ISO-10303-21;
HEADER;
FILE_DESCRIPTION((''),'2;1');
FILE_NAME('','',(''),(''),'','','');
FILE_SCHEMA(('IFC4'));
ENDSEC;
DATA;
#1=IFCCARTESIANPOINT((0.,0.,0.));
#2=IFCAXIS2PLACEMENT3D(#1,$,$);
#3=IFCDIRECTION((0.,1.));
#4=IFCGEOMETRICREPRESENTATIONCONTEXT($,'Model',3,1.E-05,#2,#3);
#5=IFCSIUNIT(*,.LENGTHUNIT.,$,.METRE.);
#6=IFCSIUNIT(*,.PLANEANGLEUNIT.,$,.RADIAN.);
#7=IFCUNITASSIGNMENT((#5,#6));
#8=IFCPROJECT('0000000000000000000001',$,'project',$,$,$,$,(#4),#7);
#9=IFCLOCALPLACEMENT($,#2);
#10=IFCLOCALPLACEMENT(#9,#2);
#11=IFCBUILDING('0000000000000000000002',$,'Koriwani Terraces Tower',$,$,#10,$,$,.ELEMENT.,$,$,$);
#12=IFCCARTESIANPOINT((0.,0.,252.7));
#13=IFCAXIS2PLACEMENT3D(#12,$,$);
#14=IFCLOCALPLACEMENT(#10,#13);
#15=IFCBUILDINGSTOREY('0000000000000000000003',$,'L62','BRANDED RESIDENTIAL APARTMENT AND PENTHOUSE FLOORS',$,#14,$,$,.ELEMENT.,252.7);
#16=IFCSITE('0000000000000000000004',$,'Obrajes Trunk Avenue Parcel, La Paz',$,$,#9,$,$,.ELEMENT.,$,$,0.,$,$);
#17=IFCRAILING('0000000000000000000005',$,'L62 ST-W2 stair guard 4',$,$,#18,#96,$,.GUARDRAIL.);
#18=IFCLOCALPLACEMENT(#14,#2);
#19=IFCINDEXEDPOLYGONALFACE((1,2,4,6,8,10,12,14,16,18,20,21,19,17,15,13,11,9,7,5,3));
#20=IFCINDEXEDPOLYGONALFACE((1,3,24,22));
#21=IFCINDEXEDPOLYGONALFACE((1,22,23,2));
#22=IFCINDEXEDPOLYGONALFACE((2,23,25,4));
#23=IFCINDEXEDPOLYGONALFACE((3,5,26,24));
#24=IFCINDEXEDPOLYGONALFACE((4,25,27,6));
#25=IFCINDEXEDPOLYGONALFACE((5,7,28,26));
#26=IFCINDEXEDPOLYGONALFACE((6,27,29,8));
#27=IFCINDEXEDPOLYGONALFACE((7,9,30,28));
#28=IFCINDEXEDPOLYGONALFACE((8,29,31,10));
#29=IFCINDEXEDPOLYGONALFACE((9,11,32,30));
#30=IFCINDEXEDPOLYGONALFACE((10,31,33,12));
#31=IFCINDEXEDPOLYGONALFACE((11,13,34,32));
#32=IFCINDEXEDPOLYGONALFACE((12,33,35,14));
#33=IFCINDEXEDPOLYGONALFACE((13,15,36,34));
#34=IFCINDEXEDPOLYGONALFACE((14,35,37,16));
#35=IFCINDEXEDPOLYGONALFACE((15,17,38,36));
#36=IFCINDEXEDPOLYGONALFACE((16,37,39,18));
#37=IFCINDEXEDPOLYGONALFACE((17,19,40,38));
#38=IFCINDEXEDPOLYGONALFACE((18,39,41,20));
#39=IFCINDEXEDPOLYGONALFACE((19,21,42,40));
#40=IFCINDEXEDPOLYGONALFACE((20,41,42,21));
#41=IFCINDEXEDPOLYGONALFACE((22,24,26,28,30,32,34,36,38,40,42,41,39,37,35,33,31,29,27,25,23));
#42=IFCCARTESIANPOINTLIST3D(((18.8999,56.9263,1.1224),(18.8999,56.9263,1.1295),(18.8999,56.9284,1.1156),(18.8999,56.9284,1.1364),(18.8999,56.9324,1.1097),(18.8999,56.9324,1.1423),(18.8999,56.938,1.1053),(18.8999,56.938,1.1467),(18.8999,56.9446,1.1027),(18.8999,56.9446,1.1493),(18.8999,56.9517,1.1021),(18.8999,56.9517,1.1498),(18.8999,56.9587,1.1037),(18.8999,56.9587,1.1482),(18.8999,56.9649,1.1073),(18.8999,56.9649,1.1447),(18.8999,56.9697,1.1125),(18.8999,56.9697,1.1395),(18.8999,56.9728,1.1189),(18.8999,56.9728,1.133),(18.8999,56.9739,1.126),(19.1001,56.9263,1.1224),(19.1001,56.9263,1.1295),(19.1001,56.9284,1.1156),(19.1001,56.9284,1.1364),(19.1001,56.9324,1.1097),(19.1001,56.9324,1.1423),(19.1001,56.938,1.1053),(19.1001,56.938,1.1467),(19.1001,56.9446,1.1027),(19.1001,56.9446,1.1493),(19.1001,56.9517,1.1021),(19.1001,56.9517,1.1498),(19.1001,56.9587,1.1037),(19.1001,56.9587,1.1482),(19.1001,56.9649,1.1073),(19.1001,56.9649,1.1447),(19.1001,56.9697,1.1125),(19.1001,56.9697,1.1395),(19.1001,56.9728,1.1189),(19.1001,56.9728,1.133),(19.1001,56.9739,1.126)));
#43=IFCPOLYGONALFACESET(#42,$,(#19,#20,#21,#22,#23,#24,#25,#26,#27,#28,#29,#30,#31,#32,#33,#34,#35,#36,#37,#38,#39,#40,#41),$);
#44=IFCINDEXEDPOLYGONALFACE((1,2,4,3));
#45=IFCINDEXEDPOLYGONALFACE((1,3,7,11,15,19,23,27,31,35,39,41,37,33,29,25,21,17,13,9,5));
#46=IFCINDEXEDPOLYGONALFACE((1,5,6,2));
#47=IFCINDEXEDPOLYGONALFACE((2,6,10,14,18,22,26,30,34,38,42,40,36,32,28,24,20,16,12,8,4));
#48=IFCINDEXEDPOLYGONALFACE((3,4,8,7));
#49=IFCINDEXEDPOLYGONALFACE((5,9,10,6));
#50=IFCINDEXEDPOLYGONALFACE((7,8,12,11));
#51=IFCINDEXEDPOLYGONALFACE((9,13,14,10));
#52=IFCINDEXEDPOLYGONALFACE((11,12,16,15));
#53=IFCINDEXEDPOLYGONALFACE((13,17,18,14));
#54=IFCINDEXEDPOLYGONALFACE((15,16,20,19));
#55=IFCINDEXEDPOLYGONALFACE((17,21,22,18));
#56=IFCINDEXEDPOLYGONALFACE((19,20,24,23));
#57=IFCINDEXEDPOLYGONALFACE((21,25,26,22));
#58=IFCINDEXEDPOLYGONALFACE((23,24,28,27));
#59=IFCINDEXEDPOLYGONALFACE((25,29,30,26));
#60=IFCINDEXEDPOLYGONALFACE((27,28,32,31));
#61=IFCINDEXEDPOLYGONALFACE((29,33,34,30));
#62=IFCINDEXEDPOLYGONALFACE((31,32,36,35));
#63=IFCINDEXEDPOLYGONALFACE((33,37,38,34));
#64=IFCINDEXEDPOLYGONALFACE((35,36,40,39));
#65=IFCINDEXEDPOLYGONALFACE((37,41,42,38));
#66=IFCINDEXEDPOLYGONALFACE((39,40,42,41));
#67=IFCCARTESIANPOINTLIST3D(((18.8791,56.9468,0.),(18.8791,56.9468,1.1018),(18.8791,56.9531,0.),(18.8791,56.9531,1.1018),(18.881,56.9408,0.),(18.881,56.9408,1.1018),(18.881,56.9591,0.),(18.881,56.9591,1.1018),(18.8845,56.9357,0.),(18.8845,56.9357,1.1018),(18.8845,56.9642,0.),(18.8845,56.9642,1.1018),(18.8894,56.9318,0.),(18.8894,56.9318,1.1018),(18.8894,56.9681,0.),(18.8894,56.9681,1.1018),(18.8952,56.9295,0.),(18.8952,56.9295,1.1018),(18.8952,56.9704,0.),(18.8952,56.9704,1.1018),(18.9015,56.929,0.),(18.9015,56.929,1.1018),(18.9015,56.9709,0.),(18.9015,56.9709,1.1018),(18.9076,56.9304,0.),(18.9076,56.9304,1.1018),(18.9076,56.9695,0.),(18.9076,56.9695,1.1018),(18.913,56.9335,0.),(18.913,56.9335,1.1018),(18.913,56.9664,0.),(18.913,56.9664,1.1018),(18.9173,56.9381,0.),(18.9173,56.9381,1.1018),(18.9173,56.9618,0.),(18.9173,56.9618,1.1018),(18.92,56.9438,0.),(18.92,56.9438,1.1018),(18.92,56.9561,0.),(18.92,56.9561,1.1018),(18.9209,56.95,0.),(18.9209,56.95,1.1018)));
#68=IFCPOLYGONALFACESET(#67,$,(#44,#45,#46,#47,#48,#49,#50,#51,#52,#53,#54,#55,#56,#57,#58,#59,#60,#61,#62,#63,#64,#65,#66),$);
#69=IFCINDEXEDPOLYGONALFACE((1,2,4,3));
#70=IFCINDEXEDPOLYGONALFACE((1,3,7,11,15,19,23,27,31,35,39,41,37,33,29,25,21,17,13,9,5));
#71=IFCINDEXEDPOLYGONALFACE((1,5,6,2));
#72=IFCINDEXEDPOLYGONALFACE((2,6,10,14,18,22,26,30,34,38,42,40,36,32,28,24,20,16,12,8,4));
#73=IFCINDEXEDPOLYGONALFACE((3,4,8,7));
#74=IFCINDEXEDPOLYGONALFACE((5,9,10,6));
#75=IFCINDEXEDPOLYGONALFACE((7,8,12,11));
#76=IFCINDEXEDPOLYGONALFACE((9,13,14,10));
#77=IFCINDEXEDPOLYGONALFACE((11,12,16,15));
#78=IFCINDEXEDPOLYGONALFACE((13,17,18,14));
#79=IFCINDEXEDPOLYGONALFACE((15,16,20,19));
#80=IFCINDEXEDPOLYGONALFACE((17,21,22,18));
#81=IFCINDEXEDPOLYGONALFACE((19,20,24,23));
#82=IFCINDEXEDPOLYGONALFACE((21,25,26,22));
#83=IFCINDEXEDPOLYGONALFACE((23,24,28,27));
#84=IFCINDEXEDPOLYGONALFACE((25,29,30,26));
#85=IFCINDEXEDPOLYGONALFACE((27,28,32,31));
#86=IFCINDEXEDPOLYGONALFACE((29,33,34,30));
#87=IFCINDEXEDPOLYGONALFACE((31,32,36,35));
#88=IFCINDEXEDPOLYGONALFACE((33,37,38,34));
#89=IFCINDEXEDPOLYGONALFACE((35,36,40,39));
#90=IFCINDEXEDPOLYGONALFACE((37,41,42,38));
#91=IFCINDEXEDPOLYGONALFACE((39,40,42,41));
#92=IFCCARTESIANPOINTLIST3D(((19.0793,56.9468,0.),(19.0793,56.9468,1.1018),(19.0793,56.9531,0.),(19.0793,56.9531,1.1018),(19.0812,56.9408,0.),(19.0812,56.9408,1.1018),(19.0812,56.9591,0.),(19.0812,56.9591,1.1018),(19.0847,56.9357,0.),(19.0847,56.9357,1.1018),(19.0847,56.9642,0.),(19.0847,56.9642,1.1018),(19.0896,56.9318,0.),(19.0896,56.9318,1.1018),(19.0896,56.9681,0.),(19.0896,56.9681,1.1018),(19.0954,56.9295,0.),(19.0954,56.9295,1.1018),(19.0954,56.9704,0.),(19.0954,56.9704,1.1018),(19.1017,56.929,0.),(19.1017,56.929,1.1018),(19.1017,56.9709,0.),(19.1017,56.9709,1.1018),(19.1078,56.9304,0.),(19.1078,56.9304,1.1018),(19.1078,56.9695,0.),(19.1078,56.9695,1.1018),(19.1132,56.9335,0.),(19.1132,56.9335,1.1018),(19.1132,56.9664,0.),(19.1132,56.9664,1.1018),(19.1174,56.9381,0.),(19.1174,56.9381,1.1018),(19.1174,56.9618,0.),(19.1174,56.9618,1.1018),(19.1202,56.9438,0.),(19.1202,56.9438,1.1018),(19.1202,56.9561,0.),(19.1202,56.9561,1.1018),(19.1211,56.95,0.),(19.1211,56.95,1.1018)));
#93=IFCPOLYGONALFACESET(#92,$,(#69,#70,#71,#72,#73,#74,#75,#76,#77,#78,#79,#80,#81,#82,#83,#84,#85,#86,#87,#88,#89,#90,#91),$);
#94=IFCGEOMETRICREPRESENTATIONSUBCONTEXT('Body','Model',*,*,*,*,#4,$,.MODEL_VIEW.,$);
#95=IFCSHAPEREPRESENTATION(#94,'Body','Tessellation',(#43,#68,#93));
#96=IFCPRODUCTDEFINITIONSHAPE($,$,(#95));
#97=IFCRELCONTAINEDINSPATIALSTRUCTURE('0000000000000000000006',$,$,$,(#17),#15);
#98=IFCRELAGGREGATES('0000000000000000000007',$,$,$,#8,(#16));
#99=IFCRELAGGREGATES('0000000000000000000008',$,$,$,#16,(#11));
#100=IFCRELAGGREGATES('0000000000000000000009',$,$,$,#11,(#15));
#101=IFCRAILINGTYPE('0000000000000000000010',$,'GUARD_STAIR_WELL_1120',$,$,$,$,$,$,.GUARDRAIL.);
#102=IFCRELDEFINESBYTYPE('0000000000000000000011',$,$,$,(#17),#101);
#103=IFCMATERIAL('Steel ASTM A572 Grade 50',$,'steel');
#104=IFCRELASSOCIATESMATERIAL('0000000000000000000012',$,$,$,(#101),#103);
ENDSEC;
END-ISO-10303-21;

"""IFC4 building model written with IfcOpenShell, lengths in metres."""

from ifc_helpers import new_model, si_unit, direction, frame, origin, origin_2d, place, context, subcontext, project, spatial, circle, extrude, material, type_object, element, save


model = new_model("IFC4")

# Units and contexts
model_context = context("Model", 3, precision=1e-05, world=origin(), true_north=direction((0.0, 1.0)))
body_context = subcontext(model_context, "Body", "Model", "MODEL_VIEW")
ifc_project = project(units=[si_unit("LENGTHUNIT", "METRE"), si_unit("PLANEANGLEUNIT", "RADIAN")], contexts=[model_context])

# Site, building, storey
site_placement = place(None, origin())
site = spatial("IfcSite", under=ifc_project, at=site_placement, Name="Obrajes Trunk Avenue Parcel, La Paz", CompositionType="ELEMENT", RefElevation=0.0)
building_placement = place(site_placement, origin())
building = spatial("IfcBuilding", under=site, at=building_placement, Name="Koriwani Terraces Tower", CompositionType="ELEMENT")
storey_placement = place(building_placement, frame((0.0, 0.0, 252.7)))
storey = spatial("IfcBuildingStorey", under=building, at=storey_placement, Name="L62", Description="BRANDED RESIDENTIAL APARTMENT AND PENTHOUSE FLOORS", CompositionType="ELEMENT", Elevation=252.7)

# Shared definitions
ifc_material_1 = material(Name="Steel ASTM A572 Grade 50", Category="steel")

# Railing
railing_type_1 = type_object("IfcRailingType", Name="GUARD_STAIR_WELL_1120", PredefinedType="GUARDRAIL", material=ifc_material_1)
railing_1_placement = place(storey_placement, frame((18.8999, 56.95, 0.0)))
element("IfcRailing", 1, at=railing_1_placement, inside=storey, type_object=railing_type_1, Name="L62 ST-W2 stair guard 4", PredefinedType="GUARDRAIL", context=body_context, shape_type="SweptSolid", body=[
    extrude(circle(Radius=0.0239, at=origin_2d()), frame((0.0, 0.0, 1.126), z_axis=(1.0, 0.0, 0.0), x_axis=(0.0, 1.0, 0.0)), (0.0, 0.0, 1.0), 0.2002),
    extrude(circle(Radius=0.021, at=origin_2d()), origin(), (0.0, 0.0, 1.0), 1.1018),
    extrude(circle(Radius=0.021, at=origin_2d()), frame((0.2002, 0.0, 0.0)), (0.0, 0.0, 1.0), 1.1018),
])

save(model, "model.ifc")
